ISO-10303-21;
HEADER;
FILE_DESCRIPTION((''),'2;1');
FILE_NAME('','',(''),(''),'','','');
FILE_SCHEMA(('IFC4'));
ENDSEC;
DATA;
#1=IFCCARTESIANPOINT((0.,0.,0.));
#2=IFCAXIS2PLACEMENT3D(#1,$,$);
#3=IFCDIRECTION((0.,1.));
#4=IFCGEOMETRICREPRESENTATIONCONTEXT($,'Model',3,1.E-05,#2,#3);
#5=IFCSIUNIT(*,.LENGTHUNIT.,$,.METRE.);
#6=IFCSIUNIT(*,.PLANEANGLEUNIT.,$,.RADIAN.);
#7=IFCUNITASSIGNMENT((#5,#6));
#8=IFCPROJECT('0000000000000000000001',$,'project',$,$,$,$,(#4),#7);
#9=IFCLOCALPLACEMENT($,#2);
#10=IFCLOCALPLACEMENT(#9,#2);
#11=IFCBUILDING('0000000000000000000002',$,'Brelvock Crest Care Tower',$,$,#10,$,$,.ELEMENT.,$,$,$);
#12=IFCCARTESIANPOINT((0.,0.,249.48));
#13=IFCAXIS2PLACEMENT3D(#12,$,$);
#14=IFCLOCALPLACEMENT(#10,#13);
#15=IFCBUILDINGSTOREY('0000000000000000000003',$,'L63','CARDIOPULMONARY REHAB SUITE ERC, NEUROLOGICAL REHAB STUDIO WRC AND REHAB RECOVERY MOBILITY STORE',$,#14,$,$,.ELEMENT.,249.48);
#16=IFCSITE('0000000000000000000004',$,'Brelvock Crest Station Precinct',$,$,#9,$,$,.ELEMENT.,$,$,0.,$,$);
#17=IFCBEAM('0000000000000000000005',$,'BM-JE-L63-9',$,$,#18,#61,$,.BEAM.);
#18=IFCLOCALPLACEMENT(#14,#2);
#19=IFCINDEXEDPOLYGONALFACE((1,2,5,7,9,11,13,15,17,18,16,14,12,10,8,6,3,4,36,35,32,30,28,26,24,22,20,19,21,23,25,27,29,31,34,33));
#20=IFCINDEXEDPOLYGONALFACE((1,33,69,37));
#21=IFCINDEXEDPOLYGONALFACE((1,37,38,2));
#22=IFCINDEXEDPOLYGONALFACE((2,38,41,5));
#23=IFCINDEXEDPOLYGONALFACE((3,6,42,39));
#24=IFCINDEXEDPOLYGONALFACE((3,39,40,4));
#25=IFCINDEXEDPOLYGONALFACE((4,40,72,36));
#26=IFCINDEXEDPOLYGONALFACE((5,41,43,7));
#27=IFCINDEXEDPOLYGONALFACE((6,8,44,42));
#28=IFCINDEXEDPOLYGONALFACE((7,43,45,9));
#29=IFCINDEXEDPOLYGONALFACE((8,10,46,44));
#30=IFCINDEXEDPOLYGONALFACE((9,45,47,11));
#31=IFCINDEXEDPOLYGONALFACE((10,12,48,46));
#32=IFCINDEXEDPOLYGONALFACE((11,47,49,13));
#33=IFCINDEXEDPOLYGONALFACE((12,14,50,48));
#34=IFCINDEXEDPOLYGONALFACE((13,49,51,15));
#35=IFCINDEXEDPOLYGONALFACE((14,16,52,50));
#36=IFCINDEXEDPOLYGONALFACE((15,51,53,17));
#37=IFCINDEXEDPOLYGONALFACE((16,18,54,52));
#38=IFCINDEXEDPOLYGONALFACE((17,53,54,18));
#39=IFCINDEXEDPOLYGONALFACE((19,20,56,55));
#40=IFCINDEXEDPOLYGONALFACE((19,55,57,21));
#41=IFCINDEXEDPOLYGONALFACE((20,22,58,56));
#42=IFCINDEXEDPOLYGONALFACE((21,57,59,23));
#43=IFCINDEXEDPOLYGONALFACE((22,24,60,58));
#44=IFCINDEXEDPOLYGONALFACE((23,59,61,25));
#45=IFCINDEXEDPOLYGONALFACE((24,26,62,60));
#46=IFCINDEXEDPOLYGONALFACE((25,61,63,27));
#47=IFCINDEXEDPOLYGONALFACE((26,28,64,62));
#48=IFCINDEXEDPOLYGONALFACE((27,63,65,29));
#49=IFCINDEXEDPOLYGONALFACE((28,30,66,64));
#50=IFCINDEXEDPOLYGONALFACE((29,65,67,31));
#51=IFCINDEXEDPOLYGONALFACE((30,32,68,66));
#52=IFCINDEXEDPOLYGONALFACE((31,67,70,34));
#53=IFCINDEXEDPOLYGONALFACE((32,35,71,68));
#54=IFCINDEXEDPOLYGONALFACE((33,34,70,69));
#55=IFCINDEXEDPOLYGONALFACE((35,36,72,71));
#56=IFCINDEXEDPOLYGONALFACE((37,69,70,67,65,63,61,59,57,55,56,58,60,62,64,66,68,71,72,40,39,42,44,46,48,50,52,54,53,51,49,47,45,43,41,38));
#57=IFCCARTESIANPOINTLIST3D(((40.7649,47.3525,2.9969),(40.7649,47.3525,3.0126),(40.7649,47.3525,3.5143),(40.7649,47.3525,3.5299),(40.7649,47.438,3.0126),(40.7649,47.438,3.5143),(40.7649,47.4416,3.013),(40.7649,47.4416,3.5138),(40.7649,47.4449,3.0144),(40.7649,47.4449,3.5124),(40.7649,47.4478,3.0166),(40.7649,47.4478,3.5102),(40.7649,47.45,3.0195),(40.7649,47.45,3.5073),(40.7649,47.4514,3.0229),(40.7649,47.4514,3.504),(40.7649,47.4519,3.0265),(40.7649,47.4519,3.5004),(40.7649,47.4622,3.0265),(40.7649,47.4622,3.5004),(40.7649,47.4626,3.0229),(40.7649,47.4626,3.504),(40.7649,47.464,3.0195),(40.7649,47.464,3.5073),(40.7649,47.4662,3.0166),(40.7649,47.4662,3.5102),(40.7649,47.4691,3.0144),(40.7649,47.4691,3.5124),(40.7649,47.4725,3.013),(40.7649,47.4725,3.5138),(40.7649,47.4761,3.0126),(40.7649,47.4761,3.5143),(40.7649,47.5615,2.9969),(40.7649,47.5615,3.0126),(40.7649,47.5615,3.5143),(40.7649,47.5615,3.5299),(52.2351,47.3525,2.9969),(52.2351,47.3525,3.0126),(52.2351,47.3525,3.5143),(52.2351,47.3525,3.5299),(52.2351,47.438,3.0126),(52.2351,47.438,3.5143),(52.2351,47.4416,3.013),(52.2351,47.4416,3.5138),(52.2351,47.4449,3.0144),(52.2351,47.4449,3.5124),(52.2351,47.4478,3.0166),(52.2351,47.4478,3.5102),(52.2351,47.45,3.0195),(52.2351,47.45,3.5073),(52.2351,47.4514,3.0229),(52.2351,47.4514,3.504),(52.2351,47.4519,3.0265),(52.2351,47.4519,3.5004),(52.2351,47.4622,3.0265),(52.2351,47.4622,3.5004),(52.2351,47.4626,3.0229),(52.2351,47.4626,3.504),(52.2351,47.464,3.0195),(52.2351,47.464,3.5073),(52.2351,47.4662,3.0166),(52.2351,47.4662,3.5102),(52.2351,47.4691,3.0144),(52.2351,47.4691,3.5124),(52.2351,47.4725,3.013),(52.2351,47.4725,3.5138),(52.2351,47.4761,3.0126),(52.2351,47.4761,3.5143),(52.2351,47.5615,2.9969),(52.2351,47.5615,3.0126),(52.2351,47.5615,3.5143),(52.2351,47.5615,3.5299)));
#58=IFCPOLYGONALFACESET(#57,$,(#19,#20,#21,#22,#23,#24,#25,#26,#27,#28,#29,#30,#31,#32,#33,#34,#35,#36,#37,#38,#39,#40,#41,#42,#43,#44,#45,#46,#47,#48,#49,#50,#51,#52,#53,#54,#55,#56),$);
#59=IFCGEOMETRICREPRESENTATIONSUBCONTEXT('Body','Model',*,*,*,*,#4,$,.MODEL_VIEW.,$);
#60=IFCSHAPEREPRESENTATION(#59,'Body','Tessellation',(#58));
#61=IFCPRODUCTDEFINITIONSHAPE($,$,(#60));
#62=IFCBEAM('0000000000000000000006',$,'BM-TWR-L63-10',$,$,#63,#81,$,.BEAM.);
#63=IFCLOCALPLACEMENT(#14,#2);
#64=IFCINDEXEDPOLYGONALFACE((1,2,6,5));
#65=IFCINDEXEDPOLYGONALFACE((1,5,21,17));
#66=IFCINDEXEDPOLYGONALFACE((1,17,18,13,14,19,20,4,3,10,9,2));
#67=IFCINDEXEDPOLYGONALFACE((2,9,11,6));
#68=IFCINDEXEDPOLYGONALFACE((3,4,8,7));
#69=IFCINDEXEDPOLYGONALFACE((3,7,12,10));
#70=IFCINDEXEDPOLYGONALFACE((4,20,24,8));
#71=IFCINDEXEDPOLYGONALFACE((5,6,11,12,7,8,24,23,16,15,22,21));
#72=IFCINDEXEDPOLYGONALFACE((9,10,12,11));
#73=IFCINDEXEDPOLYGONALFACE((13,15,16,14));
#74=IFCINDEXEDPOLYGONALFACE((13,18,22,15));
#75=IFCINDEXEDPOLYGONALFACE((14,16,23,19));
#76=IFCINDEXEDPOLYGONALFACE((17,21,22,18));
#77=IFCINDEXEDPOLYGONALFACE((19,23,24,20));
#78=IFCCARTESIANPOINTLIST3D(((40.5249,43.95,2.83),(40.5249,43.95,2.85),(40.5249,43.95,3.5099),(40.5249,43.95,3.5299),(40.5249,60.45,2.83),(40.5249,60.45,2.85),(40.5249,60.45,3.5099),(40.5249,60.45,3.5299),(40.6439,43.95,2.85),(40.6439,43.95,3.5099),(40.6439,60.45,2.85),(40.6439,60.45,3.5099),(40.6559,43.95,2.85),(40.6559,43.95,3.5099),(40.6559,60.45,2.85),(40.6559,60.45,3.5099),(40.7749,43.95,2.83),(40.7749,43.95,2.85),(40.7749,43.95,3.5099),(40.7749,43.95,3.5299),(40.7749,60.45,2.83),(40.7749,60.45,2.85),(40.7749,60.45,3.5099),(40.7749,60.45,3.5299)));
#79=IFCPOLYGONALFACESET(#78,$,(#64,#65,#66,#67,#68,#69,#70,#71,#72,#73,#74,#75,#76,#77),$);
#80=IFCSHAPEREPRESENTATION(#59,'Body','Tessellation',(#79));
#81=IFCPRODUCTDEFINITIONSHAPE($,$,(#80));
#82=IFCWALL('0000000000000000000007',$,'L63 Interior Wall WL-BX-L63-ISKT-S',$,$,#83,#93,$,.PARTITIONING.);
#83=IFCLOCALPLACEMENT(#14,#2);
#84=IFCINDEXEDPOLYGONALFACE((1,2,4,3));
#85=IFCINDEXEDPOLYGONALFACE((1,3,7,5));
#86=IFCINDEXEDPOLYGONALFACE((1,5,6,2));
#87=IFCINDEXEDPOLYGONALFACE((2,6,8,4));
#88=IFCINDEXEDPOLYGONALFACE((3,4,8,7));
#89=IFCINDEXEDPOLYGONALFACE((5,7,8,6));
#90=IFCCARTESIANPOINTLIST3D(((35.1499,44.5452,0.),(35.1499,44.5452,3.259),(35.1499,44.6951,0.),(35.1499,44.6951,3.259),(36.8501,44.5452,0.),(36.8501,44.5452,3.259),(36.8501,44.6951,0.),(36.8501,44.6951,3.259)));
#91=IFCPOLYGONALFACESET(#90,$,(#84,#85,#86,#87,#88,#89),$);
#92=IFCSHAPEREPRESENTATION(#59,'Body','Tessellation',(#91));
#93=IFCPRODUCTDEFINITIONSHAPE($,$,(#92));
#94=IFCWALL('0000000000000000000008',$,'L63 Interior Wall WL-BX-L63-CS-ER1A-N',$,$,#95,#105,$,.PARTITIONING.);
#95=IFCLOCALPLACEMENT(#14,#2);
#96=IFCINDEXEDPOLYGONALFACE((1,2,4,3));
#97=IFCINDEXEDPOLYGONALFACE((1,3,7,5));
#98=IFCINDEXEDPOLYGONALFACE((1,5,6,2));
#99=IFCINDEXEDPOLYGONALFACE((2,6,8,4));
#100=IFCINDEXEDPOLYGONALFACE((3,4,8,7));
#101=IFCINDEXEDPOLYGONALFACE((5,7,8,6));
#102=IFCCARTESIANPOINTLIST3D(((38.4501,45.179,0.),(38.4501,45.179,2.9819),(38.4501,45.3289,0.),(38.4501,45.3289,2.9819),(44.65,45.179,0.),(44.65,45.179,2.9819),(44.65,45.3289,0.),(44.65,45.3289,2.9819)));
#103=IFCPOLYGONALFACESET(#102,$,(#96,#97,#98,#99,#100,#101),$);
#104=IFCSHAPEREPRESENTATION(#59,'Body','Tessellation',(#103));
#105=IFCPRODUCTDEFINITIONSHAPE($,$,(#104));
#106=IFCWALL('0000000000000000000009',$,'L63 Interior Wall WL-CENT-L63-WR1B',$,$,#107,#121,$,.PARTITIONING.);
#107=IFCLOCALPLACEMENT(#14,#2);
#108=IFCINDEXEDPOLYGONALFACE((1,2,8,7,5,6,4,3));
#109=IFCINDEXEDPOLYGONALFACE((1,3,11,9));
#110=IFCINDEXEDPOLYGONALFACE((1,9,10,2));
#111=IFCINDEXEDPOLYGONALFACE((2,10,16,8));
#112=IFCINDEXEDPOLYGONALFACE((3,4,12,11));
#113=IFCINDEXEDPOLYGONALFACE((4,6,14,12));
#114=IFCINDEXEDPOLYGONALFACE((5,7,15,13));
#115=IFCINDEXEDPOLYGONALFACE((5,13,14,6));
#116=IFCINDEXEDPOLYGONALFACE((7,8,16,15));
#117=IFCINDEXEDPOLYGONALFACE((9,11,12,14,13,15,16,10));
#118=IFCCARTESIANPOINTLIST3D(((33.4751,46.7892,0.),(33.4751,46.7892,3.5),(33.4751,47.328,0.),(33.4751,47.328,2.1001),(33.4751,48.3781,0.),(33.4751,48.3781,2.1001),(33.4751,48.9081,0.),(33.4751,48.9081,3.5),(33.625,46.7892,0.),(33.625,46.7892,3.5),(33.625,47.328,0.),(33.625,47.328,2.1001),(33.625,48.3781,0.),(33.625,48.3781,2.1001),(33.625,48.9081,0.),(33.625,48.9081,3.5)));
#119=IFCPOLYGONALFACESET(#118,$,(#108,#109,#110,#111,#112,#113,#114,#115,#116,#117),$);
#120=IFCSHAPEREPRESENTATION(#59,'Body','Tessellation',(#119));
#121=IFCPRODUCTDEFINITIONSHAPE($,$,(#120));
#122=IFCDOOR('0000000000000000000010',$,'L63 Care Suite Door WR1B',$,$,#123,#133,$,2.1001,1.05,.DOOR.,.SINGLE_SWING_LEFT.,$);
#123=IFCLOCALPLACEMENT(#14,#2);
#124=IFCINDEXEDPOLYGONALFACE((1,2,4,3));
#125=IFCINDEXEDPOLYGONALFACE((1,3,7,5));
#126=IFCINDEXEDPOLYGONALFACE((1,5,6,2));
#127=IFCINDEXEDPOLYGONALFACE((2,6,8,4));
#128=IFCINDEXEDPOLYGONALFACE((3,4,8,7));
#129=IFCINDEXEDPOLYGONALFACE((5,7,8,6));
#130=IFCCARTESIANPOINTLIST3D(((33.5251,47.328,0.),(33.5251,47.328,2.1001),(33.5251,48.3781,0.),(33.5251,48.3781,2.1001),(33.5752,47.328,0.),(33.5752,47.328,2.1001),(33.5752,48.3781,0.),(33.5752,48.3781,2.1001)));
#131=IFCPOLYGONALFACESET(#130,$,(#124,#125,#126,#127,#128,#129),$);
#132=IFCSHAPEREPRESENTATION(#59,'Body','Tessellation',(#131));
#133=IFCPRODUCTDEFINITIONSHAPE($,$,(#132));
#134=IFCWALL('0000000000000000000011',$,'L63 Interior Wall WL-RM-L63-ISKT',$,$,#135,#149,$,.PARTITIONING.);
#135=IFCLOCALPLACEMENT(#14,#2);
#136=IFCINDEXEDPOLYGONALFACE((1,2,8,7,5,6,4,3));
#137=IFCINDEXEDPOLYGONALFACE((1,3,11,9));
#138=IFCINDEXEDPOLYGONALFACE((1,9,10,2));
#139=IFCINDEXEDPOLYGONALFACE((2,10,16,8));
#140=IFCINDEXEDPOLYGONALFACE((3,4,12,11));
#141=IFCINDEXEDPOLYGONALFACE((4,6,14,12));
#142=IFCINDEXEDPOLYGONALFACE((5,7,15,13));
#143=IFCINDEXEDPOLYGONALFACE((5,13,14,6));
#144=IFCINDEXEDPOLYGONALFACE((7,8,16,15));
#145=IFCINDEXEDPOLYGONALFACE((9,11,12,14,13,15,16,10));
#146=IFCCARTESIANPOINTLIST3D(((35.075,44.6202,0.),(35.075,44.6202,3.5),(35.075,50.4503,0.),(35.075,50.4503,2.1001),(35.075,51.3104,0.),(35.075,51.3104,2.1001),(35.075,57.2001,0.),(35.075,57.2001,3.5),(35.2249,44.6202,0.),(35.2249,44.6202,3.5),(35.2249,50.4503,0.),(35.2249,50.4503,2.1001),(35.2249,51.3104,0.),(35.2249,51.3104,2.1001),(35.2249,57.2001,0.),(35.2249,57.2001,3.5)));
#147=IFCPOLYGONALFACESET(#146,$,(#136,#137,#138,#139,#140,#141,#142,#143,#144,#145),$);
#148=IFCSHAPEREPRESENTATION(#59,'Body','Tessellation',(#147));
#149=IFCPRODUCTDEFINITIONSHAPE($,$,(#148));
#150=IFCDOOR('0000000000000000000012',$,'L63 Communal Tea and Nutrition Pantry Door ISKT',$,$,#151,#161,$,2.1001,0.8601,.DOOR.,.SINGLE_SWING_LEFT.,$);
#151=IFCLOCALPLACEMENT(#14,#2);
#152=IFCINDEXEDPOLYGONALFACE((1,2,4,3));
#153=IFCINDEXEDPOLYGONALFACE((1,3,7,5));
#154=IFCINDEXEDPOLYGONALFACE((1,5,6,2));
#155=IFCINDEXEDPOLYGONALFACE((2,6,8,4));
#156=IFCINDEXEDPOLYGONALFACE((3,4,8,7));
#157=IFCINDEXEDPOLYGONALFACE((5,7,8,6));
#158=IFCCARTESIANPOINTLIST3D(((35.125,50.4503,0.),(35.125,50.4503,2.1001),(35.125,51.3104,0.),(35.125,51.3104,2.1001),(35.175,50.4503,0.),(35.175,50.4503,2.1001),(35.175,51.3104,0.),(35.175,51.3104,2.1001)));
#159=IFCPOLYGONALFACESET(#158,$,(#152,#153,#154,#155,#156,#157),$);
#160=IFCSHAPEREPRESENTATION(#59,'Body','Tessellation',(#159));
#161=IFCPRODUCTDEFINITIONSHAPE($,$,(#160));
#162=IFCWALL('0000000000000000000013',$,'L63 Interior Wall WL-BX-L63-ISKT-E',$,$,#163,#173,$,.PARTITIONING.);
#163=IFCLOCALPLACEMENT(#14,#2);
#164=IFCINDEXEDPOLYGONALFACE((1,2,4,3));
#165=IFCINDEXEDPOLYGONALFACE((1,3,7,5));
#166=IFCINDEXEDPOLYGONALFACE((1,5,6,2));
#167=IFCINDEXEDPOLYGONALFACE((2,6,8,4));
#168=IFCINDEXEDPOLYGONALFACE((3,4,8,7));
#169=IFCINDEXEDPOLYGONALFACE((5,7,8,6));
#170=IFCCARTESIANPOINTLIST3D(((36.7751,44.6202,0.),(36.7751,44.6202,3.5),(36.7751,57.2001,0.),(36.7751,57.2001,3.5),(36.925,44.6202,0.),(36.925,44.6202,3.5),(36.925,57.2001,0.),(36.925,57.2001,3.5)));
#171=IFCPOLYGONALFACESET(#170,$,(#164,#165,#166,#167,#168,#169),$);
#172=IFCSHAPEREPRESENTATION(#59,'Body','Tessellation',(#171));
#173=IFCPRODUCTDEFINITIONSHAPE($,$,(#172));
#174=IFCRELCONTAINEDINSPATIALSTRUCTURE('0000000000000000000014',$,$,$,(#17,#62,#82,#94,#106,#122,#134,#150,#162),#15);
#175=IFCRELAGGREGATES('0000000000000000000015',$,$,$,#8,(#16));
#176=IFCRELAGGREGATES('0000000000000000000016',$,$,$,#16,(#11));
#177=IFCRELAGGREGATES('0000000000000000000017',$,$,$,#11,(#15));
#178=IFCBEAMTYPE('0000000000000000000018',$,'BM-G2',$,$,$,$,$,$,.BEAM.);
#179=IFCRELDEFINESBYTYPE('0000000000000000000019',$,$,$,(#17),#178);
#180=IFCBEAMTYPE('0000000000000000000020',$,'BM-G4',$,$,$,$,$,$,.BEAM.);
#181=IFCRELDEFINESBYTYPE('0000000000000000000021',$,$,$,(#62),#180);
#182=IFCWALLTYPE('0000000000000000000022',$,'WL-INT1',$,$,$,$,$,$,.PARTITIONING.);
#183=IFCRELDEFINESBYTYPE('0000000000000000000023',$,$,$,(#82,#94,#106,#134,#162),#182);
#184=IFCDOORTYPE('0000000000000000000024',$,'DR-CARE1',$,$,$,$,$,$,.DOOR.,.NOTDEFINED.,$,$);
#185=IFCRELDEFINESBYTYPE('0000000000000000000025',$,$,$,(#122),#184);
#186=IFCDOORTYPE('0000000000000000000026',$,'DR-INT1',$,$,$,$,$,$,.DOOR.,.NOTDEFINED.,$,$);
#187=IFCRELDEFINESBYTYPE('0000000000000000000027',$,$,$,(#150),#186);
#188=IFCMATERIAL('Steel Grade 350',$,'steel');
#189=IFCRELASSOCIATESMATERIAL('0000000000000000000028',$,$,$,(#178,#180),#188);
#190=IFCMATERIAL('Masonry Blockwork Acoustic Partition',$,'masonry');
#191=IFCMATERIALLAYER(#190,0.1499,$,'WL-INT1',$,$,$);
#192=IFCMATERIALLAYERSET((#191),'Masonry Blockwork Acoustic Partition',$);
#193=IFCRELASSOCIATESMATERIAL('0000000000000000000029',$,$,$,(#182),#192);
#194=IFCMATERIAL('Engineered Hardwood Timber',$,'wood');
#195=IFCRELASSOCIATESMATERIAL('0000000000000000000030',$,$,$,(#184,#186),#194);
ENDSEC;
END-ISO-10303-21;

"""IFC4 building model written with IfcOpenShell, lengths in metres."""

from ifc_helpers import new_model, si_unit, direction, frame, frame_2d, origin, origin_2d, place, context, subcontext, project, spatial, rectangle, i_section, extrude, source, transform, mapped, material, layer, layer_set, material_profile, profile_set, type_object, element, fill, save


model = new_model("IFC4")

# Units and contexts
model_context = context("Model", 3, precision=1e-05, world=origin(), true_north=direction((0.0, 1.0)))
body_context = subcontext(model_context, "Body", "Model", "MODEL_VIEW")
ifc_project = project(units=[si_unit("LENGTHUNIT", "METRE"), si_unit("PLANEANGLEUNIT", "RADIAN")], contexts=[model_context])

# Site, building, storey
site_placement = place(None, origin())
site = spatial("IfcSite", under=ifc_project, at=site_placement, Name="Brelvock Crest Station Precinct", CompositionType="ELEMENT", RefElevation=0.0)
building_placement = place(site_placement, origin())
building = spatial("IfcBuilding", under=site, at=building_placement, Name="Brelvock Crest Care Tower", CompositionType="ELEMENT")
storey_placement = place(building_placement, frame((0.0, 0.0, 249.48)))
storey = spatial("IfcBuildingStorey", under=building, at=storey_placement, Name="L63", Description="CARDIOPULMONARY REHAB SUITE ERC, NEUROLOGICAL REHAB STUDIO WRC AND REHAB RECOVERY MOBILITY STORE", CompositionType="ELEMENT", Elevation=249.48)

# Beams
ifc_material_1 = material(Name="Steel Grade 350", Category="steel")
ifc_material_profile_1 = material_profile(ifc_material_1, i_section(OverallWidth=0.209, OverallDepth=0.533, WebThickness=0.0103, FlangeThickness=0.0156, FilletRadius=0.0139, at=origin_2d()), Name="530UB92.4")
ifc_profile_set_1 = profile_set([ifc_material_profile_1], Name="Steel Grade 350")
beam_type_1 = type_object("IfcBeamType", Name="BM-G2", PredefinedType="BEAM", material=ifc_profile_set_1)
shared_shape_1 = source(origin(), body_context, "Body", "SweptSolid", [
    extrude(i_section(OverallWidth=0.209, OverallDepth=0.533, WebThickness=0.0103, FlangeThickness=0.0156, FilletRadius=0.0139, at=origin_2d()), origin(), (0.0, 0.0, 1.0), 11.4702),
])
for number, where, z_axis, x_axis, name in (
    (1, (40.7649, 47.457, 3.2634), (1.0, 0.0, 0.0), (0.0, 1.0, 0.0), "BM-JE-L63-9"),
):
    element("IfcBeam", number, at=place(storey_placement, frame(where, z_axis=z_axis, x_axis=x_axis)), inside=storey, type_object=beam_type_1, Name=name, PredefinedType="BEAM", context=body_context, shape_type="MappedRepresentation", body=[
        mapped(shared_shape_1, transform((0.0, 0.0, 0.0), x_axis=(1.0, 0.0, 0.0), y_axis=(0.0, 1.0, 0.0), z_axis=(0.0, 0.0, 1.0), scale=1.0)),
    ])
ifc_material_profile_2 = material_profile(ifc_material_1, i_section(OverallWidth=0.25, OverallDepth=0.7, WebThickness=0.012, FlangeThickness=0.02, at=origin_2d()), Name="700WB150")
ifc_profile_set_2 = profile_set([ifc_material_profile_2], Name="Steel Grade 350")
beam_type_2 = type_object("IfcBeamType", Name="BM-G4", PredefinedType="BEAM", material=ifc_profile_set_2)
shared_shape_2 = source(origin(), body_context, "Body", "SweptSolid", [
    extrude(i_section(OverallWidth=0.25, OverallDepth=0.7, WebThickness=0.012, FlangeThickness=0.02, at=origin_2d()), origin(), (0.0, 0.0, 1.0), 16.5),
])
beam_placement = place(storey_placement, frame((40.6499, 43.95, 3.1799), z_axis=(0.0, 1.0, 0.0), x_axis=(-1.0, 0.0, 0.0)))
element("IfcBeam", 2, at=beam_placement, inside=storey, type_object=beam_type_2, Name="BM-TWR-L63-10", PredefinedType="BEAM", context=body_context, shape_type="MappedRepresentation", body=[
    mapped(shared_shape_2, transform((0.0, 0.0, 0.0), x_axis=(1.0, 0.0, 0.0), y_axis=(0.0, 1.0, 0.0), z_axis=(0.0, 0.0, 1.0), scale=1.0)),
])

# Walls
ifc_material_2 = material(Name="Masonry Blockwork Acoustic Partition", Category="masonry")
ifc_layer = layer(ifc_material_2, 0.1499, Name="WL-INT1")
ifc_layer_set = layer_set([ifc_layer], Name="Masonry Blockwork Acoustic Partition")
wall_type = type_object("IfcWallType", Name="WL-INT1", PredefinedType="PARTITIONING", material=ifc_layer_set)
wall_1_placement = place(storey_placement, frame((35.1499, 44.6201, 0.0), z_axis=(0.0, 0.0, 1.0), x_axis=(1.0, 0.0, 0.0)))
element("IfcWall", 3, at=wall_1_placement, inside=storey, type_object=wall_type, Name="L63 Interior Wall WL-BX-L63-ISKT-S", PredefinedType="PARTITIONING", context=body_context, shape_type="SweptSolid", body=[
    extrude(rectangle(XDim=1.7002, YDim=0.1499, at=frame_2d((0.8501, 0.0))), origin(), (0.0, 0.0, 1.0), 3.259),
])
wall_2_placement = place(storey_placement, frame((38.45, 45.2539, 0.0), z_axis=(0.0, 0.0, 1.0), x_axis=(1.0, 0.0, 0.0)))
element("IfcWall", 4, at=wall_2_placement, inside=storey, type_object=wall_type, Name="L63 Interior Wall WL-BX-L63-CS-ER1A-N", PredefinedType="PARTITIONING", context=body_context, shape_type="SweptSolid", body=[
    extrude(rectangle(XDim=6.2, YDim=0.1499, at=frame_2d((3.1001, 0.0))), origin(), (0.0, 0.0, 1.0), 2.9819),
])

# Walls, openings, doors
wall_3_placement = place(storey_placement, frame((33.55, 46.7891, 0.0), z_axis=(0.0, 0.0, 1.0), x_axis=(0.0, 1.0, 0.0)))
wall_3 = element("IfcWall", 5, at=wall_3_placement, inside=storey, type_object=wall_type, Name="L63 Interior Wall WL-CENT-L63-WR1B", PredefinedType="PARTITIONING", context=body_context, shape_type="SweptSolid", body=[
    extrude(rectangle(XDim=2.1189, YDim=0.1499, at=frame_2d((1.0596, 0.0))), origin(), (0.0, 0.0, 1.0), 3.5),
])
opening_1_placement = place(wall_3_placement, frame((0.5391, 0.0, 0.0)))
opening_1 = element("IfcOpeningElement", 6, at=opening_1_placement, cuts=wall_3, PredefinedType="OPENING", context=body_context, shape_type="SweptSolid", body=[
    extrude(rectangle(XDim=1.05, YDim=2.1001, at=origin_2d()), frame((0.5249, 0.085, 1.05), z_axis=(0.0, -1.0, 0.0), x_axis=(1.0, 0.0, 0.0)), (0.0, 0.0, 1.0), 0.1699),
])
ifc_material_3 = material(Name="Engineered Hardwood Timber", Category="wood")
door_type_1 = type_object("IfcDoorType", Name="DR-CARE1", OperationType="NOTDEFINED", PredefinedType="DOOR", material=ifc_material_3)
shared_shape_3 = source(origin(), body_context, "Body", "SweptSolid", [
    extrude(rectangle(XDim=1.05, YDim=2.1001, at=origin_2d()), frame((0.5249, 0.0249, 1.05), z_axis=(0.0, -1.0, 0.0), x_axis=(1.0, 0.0, 0.0)), (0.0, 0.0, 1.0), 0.05),
])
door_1_placement = place(opening_1_placement, origin())
door_1 = element("IfcDoor", 7, at=door_1_placement, inside=storey, type_object=door_type_1, Name="L63 Care Suite Door WR1B", OperationType="SINGLE_SWING_LEFT", OverallHeight=2.1001, OverallWidth=1.05, PredefinedType="DOOR", context=body_context, shape_type="MappedRepresentation", body=[
    mapped(shared_shape_3, transform((0.0, 0.0, 0.0), x_axis=(1.0, 0.0, 0.0), y_axis=(0.0, 1.0, 0.0), z_axis=(0.0, 0.0, 1.0), scale=1.0)),
])
fill(opening_1, door_1)
wall_4_placement = place(storey_placement, frame((35.1499, 44.6201, 0.0), z_axis=(0.0, 0.0, 1.0), x_axis=(0.0, 1.0, 0.0)))
wall_4 = element("IfcWall", 8, at=wall_4_placement, inside=storey, type_object=wall_type, Name="L63 Interior Wall WL-RM-L63-ISKT", PredefinedType="PARTITIONING", context=body_context, shape_type="SweptSolid", body=[
    extrude(rectangle(XDim=12.5798, YDim=0.1499, at=frame_2d((6.29, 0.0))), origin(), (0.0, 0.0, 1.0), 3.5),
])
opening_2_placement = place(wall_4_placement, frame((5.8301, 0.0, 0.0)))
opening_2 = element("IfcOpeningElement", 9, at=opening_2_placement, cuts=wall_4, PredefinedType="OPENING", context=body_context, shape_type="SweptSolid", body=[
    extrude(rectangle(XDim=0.8601, YDim=2.1001, at=origin_2d()), frame((0.4302, 0.085, 1.05), z_axis=(0.0, -1.0, 0.0), x_axis=(1.0, 0.0, 0.0)), (0.0, 0.0, 1.0), 0.1699),
])
door_type_2 = type_object("IfcDoorType", Name="DR-INT1", OperationType="NOTDEFINED", PredefinedType="DOOR", material=ifc_material_3)
shared_shape_4 = source(origin(), body_context, "Body", "SweptSolid", [
    extrude(rectangle(XDim=0.8601, YDim=2.1001, at=origin_2d()), frame((0.4302, 0.0249, 1.05), z_axis=(0.0, -1.0, 0.0), x_axis=(1.0, 0.0, 0.0)), (0.0, 0.0, 1.0), 0.05),
])
door_2_placement = place(opening_2_placement, origin())
door_2 = element("IfcDoor", 10, at=door_2_placement, inside=storey, type_object=door_type_2, Name="L63 Communal Tea and Nutrition Pantry Door ISKT", OperationType="SINGLE_SWING_LEFT", OverallHeight=2.1001, OverallWidth=0.8601, PredefinedType="DOOR", context=body_context, shape_type="MappedRepresentation", body=[
    mapped(shared_shape_4, transform((0.0, 0.0, 0.0), x_axis=(1.0, 0.0, 0.0), y_axis=(0.0, 1.0, 0.0), z_axis=(0.0, 0.0, 1.0), scale=1.0)),
])
fill(opening_2, door_2)

# Wall
wall_5_placement = place(storey_placement, frame((36.8501, 44.6201, 0.0), z_axis=(0.0, 0.0, 1.0), x_axis=(0.0, 1.0, 0.0)))
element("IfcWall", 11, at=wall_5_placement, inside=storey, type_object=wall_type, Name="L63 Interior Wall WL-BX-L63-ISKT-E", PredefinedType="PARTITIONING", context=body_context, shape_type="SweptSolid", body=[
    extrude(rectangle(XDim=12.5798, YDim=0.1499, at=frame_2d((6.29, 0.0))), origin(), (0.0, 0.0, 1.0), 3.5),
])

save(model, "model.ifc")
